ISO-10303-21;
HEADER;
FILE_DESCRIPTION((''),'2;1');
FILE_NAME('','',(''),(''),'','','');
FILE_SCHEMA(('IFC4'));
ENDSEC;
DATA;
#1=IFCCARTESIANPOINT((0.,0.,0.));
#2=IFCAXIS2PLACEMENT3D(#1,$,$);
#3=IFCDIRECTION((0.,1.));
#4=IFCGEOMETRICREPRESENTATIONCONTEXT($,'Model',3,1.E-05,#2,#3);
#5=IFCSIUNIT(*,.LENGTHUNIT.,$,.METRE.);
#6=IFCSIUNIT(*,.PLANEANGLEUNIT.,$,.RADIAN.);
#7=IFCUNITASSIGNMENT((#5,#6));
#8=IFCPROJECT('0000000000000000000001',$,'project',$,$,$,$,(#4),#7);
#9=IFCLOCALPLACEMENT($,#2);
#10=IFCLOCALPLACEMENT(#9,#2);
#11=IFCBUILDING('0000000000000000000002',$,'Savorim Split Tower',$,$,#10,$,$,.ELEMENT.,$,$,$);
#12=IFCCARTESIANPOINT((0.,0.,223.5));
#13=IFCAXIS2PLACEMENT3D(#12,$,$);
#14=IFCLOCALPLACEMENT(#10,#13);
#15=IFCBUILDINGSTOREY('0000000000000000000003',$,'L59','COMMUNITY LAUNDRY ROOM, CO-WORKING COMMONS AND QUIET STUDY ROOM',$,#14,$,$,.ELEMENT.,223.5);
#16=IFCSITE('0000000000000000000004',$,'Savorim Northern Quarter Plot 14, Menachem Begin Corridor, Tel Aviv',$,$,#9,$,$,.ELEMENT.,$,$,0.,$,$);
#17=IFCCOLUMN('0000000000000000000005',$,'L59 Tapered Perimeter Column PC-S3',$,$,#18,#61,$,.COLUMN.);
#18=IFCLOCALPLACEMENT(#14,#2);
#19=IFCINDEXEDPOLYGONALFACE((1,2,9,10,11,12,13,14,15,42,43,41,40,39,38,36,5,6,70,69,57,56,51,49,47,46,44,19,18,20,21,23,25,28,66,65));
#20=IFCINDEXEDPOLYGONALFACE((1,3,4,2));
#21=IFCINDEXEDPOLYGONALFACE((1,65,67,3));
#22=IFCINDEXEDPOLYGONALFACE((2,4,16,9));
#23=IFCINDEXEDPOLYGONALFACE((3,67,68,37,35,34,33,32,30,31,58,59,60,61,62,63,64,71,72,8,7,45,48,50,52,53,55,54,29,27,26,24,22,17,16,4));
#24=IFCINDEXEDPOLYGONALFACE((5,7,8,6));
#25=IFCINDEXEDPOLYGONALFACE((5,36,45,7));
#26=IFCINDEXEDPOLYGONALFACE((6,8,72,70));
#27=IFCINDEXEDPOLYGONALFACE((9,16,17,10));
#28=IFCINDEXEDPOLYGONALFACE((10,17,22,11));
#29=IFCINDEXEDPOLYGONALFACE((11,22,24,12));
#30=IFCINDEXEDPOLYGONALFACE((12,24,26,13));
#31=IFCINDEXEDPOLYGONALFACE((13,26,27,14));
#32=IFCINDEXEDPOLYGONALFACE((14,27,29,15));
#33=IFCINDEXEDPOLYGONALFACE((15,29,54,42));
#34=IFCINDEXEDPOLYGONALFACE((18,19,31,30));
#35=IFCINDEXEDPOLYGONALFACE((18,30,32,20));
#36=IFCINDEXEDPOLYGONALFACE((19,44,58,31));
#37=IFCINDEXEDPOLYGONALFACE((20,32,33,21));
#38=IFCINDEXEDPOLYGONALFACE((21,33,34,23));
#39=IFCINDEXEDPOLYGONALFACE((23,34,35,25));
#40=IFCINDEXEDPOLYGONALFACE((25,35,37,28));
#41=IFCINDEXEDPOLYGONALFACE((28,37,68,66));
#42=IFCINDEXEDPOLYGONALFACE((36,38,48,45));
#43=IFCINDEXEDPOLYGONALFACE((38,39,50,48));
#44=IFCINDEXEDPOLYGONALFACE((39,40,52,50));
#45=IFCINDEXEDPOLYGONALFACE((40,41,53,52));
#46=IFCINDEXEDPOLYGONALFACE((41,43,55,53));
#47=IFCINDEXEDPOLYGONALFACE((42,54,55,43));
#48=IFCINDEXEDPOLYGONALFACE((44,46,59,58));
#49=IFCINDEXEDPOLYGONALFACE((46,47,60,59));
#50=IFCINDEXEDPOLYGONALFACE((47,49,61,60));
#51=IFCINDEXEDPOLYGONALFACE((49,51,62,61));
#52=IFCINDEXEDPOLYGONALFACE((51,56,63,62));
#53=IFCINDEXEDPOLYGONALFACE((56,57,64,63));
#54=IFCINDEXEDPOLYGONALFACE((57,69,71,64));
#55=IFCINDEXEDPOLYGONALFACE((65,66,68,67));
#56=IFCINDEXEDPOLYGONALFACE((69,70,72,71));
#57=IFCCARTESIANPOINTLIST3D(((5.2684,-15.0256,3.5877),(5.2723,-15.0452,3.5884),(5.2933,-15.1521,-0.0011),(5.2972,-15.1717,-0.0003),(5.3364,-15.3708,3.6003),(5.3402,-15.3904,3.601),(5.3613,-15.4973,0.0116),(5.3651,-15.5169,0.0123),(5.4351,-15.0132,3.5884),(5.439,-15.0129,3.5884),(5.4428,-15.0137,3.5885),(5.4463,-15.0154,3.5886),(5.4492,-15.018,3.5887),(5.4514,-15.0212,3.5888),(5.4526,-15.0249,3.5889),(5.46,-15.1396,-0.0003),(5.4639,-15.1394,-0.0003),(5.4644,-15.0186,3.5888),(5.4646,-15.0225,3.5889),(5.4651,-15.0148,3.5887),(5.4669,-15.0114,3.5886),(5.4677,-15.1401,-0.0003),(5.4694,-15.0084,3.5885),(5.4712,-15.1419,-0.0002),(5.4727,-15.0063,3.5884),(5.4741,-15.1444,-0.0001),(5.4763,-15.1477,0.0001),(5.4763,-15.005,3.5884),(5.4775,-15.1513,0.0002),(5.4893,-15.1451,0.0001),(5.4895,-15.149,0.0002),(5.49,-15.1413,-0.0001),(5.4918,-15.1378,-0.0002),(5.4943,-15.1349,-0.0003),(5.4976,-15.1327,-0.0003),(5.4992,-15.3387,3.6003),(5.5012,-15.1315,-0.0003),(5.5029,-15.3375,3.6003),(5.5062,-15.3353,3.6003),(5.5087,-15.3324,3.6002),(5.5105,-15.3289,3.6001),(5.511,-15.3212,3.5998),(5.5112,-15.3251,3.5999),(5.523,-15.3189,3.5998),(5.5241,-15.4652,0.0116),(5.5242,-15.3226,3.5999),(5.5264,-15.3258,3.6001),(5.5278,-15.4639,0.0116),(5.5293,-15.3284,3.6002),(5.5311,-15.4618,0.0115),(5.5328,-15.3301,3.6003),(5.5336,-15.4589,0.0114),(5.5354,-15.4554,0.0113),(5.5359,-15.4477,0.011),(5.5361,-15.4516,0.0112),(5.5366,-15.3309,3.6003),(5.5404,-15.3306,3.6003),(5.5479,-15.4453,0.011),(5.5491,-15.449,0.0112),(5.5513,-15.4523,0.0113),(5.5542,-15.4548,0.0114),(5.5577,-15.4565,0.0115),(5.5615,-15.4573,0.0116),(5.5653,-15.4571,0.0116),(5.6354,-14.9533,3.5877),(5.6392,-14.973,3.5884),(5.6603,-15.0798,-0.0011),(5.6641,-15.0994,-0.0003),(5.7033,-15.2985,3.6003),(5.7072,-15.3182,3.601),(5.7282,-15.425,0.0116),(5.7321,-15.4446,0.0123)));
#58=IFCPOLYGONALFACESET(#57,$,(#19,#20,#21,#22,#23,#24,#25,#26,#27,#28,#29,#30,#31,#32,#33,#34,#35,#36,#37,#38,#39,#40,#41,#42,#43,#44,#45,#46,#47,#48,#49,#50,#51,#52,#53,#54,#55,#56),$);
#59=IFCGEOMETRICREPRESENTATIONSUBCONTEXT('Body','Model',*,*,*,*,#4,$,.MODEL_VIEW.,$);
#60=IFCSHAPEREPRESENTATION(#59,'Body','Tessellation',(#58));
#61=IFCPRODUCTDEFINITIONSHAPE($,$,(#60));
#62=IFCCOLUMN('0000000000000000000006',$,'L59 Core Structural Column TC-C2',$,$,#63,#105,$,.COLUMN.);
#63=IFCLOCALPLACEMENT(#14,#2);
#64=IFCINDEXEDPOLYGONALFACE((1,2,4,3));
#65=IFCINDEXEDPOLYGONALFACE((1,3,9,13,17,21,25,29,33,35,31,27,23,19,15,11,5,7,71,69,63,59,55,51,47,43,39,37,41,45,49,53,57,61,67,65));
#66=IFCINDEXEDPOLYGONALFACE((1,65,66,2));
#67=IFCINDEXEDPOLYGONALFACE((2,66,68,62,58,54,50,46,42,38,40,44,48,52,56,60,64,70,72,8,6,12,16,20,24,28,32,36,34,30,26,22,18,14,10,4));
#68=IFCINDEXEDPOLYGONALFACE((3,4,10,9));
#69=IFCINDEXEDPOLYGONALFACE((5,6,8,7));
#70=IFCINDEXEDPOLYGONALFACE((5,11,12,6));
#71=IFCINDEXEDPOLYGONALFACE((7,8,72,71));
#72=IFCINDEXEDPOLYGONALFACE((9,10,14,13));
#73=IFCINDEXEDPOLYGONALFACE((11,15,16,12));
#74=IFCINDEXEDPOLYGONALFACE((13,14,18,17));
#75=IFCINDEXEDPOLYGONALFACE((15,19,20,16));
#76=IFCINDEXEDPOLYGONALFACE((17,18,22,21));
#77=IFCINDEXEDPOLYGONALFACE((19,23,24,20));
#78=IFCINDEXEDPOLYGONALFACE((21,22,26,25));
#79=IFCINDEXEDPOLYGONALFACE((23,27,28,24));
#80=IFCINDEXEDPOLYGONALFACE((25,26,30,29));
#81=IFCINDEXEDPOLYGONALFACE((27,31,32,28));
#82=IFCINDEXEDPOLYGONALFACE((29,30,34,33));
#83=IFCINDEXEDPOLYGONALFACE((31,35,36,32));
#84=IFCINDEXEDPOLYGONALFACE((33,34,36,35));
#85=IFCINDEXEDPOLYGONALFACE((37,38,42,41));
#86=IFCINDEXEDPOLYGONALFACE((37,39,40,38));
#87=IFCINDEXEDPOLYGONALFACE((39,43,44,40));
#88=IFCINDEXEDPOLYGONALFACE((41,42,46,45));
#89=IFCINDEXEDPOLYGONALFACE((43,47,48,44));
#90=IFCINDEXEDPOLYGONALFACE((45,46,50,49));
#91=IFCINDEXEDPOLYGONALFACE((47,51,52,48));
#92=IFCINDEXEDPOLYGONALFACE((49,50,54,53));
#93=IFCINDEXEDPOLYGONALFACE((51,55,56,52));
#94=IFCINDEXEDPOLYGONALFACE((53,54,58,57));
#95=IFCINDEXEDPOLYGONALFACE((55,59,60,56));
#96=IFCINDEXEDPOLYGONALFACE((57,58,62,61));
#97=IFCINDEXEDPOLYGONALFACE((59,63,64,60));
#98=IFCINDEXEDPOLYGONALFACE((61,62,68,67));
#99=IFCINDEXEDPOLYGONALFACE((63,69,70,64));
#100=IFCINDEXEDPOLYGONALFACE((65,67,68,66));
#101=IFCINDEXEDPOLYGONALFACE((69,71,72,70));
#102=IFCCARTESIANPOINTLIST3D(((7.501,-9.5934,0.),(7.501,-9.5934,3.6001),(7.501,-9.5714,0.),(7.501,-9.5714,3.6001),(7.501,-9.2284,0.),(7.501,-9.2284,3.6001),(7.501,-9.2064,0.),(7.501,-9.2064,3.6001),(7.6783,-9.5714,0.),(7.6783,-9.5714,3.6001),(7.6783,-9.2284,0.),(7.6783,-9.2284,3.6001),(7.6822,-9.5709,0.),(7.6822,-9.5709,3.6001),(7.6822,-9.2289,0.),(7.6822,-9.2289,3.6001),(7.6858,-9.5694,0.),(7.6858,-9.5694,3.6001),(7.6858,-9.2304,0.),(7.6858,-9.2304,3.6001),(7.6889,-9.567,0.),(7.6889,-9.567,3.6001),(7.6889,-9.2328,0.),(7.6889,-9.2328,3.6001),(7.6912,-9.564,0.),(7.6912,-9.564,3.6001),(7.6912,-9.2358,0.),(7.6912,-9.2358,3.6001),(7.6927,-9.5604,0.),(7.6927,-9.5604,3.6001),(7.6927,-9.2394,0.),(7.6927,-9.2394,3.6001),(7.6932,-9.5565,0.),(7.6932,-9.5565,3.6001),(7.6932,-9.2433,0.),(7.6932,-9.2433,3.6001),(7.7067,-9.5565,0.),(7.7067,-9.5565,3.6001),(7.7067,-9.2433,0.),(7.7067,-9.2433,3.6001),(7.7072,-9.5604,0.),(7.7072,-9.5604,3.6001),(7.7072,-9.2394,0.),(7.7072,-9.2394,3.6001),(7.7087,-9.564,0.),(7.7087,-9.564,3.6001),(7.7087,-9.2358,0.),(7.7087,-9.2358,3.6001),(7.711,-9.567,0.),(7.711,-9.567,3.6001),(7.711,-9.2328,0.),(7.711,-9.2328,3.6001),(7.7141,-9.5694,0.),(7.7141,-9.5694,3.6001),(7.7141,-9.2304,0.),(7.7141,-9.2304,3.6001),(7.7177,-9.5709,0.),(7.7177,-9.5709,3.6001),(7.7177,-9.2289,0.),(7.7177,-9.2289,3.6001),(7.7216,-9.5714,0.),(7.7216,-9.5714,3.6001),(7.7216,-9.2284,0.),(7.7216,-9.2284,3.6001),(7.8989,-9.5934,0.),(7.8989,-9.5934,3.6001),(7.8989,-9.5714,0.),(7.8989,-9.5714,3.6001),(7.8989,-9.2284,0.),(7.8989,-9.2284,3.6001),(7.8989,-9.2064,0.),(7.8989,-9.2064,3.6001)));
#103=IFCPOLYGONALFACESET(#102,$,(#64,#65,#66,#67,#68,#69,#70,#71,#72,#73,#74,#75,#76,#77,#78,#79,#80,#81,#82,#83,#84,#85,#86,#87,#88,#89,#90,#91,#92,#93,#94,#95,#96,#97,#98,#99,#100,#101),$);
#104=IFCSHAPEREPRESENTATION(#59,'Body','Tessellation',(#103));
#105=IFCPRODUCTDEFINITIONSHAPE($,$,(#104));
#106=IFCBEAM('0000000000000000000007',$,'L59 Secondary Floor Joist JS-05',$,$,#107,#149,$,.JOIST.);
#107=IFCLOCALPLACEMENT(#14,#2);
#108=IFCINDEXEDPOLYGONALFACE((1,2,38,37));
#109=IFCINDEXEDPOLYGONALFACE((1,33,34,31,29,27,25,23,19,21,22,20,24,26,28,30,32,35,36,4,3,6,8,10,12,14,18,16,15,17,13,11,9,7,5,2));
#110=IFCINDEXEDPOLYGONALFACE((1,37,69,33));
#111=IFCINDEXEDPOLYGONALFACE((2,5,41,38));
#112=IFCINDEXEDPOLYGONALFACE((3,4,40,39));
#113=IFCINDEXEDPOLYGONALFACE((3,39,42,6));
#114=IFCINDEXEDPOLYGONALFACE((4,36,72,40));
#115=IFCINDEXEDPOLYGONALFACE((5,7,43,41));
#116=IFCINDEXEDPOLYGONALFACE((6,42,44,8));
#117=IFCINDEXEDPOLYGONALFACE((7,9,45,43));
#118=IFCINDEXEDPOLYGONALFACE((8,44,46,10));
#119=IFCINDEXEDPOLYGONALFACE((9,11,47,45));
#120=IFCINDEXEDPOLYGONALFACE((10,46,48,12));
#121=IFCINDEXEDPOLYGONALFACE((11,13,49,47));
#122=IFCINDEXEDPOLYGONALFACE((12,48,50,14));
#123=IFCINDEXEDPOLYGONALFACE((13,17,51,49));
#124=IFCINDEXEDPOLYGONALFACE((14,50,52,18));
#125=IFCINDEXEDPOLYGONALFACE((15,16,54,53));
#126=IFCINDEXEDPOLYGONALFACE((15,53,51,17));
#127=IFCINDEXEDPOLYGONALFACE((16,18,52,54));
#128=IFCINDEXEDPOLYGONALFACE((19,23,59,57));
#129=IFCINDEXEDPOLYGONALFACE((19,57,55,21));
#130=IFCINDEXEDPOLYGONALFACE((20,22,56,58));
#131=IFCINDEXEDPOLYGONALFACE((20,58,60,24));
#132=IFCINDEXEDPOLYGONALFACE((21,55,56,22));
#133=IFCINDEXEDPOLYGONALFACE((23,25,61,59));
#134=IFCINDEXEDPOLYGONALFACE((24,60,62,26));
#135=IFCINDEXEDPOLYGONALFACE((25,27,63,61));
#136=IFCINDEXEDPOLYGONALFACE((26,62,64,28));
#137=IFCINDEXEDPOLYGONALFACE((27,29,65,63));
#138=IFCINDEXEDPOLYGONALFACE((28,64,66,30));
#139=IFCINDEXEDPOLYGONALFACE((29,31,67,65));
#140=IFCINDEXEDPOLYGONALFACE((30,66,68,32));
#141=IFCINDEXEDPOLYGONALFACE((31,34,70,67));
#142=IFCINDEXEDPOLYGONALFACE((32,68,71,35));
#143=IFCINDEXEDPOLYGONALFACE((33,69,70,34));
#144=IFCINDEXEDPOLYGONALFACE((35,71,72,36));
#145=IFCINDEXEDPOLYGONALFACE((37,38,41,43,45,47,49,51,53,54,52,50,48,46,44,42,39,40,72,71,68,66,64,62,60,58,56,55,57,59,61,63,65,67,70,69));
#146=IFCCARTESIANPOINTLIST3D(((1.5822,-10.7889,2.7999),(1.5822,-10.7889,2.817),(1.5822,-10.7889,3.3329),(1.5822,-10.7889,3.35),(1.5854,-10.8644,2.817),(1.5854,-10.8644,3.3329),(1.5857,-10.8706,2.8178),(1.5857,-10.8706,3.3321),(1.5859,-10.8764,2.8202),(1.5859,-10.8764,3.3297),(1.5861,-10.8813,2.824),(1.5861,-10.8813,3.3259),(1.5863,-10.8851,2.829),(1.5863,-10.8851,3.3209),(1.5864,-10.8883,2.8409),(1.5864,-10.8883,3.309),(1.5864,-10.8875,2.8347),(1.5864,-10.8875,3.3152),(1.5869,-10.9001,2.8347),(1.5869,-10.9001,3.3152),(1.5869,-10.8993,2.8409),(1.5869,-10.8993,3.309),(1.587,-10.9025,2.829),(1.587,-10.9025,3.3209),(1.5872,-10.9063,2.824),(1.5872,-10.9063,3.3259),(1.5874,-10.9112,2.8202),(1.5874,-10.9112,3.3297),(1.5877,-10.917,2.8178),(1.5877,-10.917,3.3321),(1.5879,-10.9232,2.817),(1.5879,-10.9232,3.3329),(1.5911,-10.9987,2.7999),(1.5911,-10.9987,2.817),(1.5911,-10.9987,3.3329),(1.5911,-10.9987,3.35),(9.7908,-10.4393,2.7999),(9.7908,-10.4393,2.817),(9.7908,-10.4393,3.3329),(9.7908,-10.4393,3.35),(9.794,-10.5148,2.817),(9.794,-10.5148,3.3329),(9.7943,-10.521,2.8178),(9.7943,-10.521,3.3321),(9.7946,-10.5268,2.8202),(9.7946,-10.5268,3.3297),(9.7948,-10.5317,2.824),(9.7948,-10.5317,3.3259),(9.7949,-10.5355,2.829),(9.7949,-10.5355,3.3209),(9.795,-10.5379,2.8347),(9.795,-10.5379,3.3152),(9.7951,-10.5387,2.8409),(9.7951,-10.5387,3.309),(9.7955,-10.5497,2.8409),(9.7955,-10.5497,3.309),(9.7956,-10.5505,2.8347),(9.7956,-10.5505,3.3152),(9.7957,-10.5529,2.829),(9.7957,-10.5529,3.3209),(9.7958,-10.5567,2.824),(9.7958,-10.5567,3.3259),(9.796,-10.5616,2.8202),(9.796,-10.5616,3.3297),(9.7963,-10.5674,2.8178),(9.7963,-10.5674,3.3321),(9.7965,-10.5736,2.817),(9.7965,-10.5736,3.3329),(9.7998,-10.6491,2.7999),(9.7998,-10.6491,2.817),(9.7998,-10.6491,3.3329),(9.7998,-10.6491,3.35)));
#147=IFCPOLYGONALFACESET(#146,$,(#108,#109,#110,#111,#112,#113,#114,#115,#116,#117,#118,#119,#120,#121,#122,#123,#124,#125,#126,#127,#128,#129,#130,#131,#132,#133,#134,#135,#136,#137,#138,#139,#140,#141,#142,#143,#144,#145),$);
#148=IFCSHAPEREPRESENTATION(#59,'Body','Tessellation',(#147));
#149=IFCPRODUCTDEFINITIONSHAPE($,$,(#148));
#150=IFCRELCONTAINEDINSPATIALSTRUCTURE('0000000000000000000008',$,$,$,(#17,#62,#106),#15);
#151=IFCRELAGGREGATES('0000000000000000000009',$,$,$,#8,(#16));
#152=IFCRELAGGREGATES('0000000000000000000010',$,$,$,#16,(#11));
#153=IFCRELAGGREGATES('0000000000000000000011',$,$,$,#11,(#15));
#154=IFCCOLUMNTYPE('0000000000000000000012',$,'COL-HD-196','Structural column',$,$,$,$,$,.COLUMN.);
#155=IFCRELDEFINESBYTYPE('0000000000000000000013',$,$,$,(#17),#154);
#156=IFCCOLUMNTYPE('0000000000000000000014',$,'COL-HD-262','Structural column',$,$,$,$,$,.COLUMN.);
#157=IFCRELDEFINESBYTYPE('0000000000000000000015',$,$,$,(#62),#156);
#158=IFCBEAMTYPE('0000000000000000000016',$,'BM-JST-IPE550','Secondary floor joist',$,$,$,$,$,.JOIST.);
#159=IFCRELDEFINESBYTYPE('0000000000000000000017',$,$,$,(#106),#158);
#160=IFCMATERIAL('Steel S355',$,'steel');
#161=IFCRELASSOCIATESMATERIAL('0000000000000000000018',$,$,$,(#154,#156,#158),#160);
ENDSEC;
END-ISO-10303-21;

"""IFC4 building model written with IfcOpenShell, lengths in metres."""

from ifc_helpers import new_model, si_unit, direction, frame, origin, origin_2d, place, context, subcontext, project, spatial, i_section, extrude, material, material_profile, profile_set, type_object, element, save


model = new_model("IFC4")

# Units and contexts
model_context = context("Model", 3, precision=1e-05, world=origin(), true_north=direction((0.0, 1.0)))
body_context = subcontext(model_context, "Body", "Model", "MODEL_VIEW")
ifc_project = project(units=[si_unit("LENGTHUNIT", "METRE"), si_unit("PLANEANGLEUNIT", "RADIAN")], contexts=[model_context])

# Site, building, storey
site_placement = place(None, origin())
site = spatial("IfcSite", under=ifc_project, at=site_placement, Name="Savorim Northern Quarter Plot 14, Menachem Begin Corridor, Tel Aviv", CompositionType="ELEMENT", RefElevation=0.0)
building_placement = place(site_placement, origin())
building = spatial("IfcBuilding", under=site, at=building_placement, Name="Savorim Split Tower", CompositionType="ELEMENT")
storey_placement = place(building_placement, frame((0.0, 0.0, 223.5)))
storey = spatial("IfcBuildingStorey", under=building, at=storey_placement, Name="L59", Description="COMMUNITY LAUNDRY ROOM, CO-WORKING COMMONS AND QUIET STUDY ROOM", CompositionType="ELEMENT", Elevation=223.5)

# Columns
ifc_material_1 = material(Name="Steel S355", Category="steel")
ifc_material_profile_1 = material_profile(ifc_material_1, i_section(OverallWidth=0.374, OverallDepth=0.3721, WebThickness=0.0122, FlangeThickness=0.02, FilletRadius=0.0149, at=origin_2d()), Name="HD 360x196")
ifc_profile_set_1 = profile_set([ifc_material_profile_1], Name="Steel S355")
column_type_1 = type_object("IfcColumnType", Name="COL-HD-196", Description="Structural column", PredefinedType="COLUMN", material=ifc_profile_set_1)
column_1_placement = place(storey_placement, frame((5.5127, -15.2983, 0.0056), z_axis=(-0.006934, 0.035215, 0.999356), x_axis=(-0.981159, -0.193201, 0.0)))
element("IfcColumn", 1, at=column_1_placement, inside=storey, type_object=column_type_1, Name="L59 Tapered Perimeter Column PC-S3", PredefinedType="COLUMN", context=body_context, shape_type="SweptSolid", body=[
    extrude(i_section(OverallWidth=0.374, OverallDepth=0.3721, WebThickness=0.0122, FlangeThickness=0.02, FilletRadius=0.0149, at=origin_2d()), origin(), (0.0, 0.0, 1.0), 3.5911),
])
ifc_material_profile_2 = material_profile(ifc_material_1, i_section(OverallWidth=0.3979, OverallDepth=0.387, WebThickness=0.0134, FlangeThickness=0.022, FilletRadius=0.0149, at=origin_2d()), Name="HD 400x262")
ifc_profile_set_2 = profile_set([ifc_material_profile_2], Name="Steel S355")
column_type_2 = type_object("IfcColumnType", Name="COL-HD-262", Description="Structural column", PredefinedType="COLUMN", material=ifc_profile_set_2)
column_2_placement = place(storey_placement, frame((7.7, -9.3999, 0.0), z_axis=(0.0, 0.0, 1.0), x_axis=(1.0, 0.0, 0.0)))
element("IfcColumn", 2, at=column_2_placement, inside=storey, type_object=column_type_2, Name="L59 Core Structural Column TC-C2", PredefinedType="COLUMN", context=body_context, shape_type="SweptSolid", body=[
    extrude(i_section(OverallWidth=0.3979, OverallDepth=0.387, WebThickness=0.0134, FlangeThickness=0.022, FilletRadius=0.0149, at=origin_2d()), origin(), (0.0, 0.0, 1.0), 3.6001),
])

# Beam
ifc_material_profile_3 = material_profile(ifc_material_1, i_section(OverallWidth=0.21, OverallDepth=0.55, WebThickness=0.011, FlangeThickness=0.0171, FilletRadius=0.0239, at=origin_2d()), Name="IPE 550")
ifc_profile_set_3 = profile_set([ifc_material_profile_3], Name="Steel S355")
beam_type_1 = type_object("IfcBeamType", Name="BM-JST-IPE550", Description="Secondary floor joist", PredefinedType="JOIST", material=ifc_profile_set_3)
beam_1_placement = place(storey_placement, frame((1.5867, -10.8938, 3.075), z_axis=(0.999094, 0.042551, 0.0), x_axis=(-0.042551, 0.999094, 0.0)))
element("IfcBeam", 3, at=beam_1_placement, inside=storey, type_object=beam_type_1, Name="L59 Secondary Floor Joist JS-05", PredefinedType="JOIST", context=body_context, shape_type="SweptSolid", body=[
    extrude(i_section(OverallWidth=0.21, OverallDepth=0.55, WebThickness=0.011, FlangeThickness=0.0171, FilletRadius=0.0239, at=origin_2d()), origin(), (0.0, 0.0, 1.0), 8.2161),
])

save(model, "model.ifc")
